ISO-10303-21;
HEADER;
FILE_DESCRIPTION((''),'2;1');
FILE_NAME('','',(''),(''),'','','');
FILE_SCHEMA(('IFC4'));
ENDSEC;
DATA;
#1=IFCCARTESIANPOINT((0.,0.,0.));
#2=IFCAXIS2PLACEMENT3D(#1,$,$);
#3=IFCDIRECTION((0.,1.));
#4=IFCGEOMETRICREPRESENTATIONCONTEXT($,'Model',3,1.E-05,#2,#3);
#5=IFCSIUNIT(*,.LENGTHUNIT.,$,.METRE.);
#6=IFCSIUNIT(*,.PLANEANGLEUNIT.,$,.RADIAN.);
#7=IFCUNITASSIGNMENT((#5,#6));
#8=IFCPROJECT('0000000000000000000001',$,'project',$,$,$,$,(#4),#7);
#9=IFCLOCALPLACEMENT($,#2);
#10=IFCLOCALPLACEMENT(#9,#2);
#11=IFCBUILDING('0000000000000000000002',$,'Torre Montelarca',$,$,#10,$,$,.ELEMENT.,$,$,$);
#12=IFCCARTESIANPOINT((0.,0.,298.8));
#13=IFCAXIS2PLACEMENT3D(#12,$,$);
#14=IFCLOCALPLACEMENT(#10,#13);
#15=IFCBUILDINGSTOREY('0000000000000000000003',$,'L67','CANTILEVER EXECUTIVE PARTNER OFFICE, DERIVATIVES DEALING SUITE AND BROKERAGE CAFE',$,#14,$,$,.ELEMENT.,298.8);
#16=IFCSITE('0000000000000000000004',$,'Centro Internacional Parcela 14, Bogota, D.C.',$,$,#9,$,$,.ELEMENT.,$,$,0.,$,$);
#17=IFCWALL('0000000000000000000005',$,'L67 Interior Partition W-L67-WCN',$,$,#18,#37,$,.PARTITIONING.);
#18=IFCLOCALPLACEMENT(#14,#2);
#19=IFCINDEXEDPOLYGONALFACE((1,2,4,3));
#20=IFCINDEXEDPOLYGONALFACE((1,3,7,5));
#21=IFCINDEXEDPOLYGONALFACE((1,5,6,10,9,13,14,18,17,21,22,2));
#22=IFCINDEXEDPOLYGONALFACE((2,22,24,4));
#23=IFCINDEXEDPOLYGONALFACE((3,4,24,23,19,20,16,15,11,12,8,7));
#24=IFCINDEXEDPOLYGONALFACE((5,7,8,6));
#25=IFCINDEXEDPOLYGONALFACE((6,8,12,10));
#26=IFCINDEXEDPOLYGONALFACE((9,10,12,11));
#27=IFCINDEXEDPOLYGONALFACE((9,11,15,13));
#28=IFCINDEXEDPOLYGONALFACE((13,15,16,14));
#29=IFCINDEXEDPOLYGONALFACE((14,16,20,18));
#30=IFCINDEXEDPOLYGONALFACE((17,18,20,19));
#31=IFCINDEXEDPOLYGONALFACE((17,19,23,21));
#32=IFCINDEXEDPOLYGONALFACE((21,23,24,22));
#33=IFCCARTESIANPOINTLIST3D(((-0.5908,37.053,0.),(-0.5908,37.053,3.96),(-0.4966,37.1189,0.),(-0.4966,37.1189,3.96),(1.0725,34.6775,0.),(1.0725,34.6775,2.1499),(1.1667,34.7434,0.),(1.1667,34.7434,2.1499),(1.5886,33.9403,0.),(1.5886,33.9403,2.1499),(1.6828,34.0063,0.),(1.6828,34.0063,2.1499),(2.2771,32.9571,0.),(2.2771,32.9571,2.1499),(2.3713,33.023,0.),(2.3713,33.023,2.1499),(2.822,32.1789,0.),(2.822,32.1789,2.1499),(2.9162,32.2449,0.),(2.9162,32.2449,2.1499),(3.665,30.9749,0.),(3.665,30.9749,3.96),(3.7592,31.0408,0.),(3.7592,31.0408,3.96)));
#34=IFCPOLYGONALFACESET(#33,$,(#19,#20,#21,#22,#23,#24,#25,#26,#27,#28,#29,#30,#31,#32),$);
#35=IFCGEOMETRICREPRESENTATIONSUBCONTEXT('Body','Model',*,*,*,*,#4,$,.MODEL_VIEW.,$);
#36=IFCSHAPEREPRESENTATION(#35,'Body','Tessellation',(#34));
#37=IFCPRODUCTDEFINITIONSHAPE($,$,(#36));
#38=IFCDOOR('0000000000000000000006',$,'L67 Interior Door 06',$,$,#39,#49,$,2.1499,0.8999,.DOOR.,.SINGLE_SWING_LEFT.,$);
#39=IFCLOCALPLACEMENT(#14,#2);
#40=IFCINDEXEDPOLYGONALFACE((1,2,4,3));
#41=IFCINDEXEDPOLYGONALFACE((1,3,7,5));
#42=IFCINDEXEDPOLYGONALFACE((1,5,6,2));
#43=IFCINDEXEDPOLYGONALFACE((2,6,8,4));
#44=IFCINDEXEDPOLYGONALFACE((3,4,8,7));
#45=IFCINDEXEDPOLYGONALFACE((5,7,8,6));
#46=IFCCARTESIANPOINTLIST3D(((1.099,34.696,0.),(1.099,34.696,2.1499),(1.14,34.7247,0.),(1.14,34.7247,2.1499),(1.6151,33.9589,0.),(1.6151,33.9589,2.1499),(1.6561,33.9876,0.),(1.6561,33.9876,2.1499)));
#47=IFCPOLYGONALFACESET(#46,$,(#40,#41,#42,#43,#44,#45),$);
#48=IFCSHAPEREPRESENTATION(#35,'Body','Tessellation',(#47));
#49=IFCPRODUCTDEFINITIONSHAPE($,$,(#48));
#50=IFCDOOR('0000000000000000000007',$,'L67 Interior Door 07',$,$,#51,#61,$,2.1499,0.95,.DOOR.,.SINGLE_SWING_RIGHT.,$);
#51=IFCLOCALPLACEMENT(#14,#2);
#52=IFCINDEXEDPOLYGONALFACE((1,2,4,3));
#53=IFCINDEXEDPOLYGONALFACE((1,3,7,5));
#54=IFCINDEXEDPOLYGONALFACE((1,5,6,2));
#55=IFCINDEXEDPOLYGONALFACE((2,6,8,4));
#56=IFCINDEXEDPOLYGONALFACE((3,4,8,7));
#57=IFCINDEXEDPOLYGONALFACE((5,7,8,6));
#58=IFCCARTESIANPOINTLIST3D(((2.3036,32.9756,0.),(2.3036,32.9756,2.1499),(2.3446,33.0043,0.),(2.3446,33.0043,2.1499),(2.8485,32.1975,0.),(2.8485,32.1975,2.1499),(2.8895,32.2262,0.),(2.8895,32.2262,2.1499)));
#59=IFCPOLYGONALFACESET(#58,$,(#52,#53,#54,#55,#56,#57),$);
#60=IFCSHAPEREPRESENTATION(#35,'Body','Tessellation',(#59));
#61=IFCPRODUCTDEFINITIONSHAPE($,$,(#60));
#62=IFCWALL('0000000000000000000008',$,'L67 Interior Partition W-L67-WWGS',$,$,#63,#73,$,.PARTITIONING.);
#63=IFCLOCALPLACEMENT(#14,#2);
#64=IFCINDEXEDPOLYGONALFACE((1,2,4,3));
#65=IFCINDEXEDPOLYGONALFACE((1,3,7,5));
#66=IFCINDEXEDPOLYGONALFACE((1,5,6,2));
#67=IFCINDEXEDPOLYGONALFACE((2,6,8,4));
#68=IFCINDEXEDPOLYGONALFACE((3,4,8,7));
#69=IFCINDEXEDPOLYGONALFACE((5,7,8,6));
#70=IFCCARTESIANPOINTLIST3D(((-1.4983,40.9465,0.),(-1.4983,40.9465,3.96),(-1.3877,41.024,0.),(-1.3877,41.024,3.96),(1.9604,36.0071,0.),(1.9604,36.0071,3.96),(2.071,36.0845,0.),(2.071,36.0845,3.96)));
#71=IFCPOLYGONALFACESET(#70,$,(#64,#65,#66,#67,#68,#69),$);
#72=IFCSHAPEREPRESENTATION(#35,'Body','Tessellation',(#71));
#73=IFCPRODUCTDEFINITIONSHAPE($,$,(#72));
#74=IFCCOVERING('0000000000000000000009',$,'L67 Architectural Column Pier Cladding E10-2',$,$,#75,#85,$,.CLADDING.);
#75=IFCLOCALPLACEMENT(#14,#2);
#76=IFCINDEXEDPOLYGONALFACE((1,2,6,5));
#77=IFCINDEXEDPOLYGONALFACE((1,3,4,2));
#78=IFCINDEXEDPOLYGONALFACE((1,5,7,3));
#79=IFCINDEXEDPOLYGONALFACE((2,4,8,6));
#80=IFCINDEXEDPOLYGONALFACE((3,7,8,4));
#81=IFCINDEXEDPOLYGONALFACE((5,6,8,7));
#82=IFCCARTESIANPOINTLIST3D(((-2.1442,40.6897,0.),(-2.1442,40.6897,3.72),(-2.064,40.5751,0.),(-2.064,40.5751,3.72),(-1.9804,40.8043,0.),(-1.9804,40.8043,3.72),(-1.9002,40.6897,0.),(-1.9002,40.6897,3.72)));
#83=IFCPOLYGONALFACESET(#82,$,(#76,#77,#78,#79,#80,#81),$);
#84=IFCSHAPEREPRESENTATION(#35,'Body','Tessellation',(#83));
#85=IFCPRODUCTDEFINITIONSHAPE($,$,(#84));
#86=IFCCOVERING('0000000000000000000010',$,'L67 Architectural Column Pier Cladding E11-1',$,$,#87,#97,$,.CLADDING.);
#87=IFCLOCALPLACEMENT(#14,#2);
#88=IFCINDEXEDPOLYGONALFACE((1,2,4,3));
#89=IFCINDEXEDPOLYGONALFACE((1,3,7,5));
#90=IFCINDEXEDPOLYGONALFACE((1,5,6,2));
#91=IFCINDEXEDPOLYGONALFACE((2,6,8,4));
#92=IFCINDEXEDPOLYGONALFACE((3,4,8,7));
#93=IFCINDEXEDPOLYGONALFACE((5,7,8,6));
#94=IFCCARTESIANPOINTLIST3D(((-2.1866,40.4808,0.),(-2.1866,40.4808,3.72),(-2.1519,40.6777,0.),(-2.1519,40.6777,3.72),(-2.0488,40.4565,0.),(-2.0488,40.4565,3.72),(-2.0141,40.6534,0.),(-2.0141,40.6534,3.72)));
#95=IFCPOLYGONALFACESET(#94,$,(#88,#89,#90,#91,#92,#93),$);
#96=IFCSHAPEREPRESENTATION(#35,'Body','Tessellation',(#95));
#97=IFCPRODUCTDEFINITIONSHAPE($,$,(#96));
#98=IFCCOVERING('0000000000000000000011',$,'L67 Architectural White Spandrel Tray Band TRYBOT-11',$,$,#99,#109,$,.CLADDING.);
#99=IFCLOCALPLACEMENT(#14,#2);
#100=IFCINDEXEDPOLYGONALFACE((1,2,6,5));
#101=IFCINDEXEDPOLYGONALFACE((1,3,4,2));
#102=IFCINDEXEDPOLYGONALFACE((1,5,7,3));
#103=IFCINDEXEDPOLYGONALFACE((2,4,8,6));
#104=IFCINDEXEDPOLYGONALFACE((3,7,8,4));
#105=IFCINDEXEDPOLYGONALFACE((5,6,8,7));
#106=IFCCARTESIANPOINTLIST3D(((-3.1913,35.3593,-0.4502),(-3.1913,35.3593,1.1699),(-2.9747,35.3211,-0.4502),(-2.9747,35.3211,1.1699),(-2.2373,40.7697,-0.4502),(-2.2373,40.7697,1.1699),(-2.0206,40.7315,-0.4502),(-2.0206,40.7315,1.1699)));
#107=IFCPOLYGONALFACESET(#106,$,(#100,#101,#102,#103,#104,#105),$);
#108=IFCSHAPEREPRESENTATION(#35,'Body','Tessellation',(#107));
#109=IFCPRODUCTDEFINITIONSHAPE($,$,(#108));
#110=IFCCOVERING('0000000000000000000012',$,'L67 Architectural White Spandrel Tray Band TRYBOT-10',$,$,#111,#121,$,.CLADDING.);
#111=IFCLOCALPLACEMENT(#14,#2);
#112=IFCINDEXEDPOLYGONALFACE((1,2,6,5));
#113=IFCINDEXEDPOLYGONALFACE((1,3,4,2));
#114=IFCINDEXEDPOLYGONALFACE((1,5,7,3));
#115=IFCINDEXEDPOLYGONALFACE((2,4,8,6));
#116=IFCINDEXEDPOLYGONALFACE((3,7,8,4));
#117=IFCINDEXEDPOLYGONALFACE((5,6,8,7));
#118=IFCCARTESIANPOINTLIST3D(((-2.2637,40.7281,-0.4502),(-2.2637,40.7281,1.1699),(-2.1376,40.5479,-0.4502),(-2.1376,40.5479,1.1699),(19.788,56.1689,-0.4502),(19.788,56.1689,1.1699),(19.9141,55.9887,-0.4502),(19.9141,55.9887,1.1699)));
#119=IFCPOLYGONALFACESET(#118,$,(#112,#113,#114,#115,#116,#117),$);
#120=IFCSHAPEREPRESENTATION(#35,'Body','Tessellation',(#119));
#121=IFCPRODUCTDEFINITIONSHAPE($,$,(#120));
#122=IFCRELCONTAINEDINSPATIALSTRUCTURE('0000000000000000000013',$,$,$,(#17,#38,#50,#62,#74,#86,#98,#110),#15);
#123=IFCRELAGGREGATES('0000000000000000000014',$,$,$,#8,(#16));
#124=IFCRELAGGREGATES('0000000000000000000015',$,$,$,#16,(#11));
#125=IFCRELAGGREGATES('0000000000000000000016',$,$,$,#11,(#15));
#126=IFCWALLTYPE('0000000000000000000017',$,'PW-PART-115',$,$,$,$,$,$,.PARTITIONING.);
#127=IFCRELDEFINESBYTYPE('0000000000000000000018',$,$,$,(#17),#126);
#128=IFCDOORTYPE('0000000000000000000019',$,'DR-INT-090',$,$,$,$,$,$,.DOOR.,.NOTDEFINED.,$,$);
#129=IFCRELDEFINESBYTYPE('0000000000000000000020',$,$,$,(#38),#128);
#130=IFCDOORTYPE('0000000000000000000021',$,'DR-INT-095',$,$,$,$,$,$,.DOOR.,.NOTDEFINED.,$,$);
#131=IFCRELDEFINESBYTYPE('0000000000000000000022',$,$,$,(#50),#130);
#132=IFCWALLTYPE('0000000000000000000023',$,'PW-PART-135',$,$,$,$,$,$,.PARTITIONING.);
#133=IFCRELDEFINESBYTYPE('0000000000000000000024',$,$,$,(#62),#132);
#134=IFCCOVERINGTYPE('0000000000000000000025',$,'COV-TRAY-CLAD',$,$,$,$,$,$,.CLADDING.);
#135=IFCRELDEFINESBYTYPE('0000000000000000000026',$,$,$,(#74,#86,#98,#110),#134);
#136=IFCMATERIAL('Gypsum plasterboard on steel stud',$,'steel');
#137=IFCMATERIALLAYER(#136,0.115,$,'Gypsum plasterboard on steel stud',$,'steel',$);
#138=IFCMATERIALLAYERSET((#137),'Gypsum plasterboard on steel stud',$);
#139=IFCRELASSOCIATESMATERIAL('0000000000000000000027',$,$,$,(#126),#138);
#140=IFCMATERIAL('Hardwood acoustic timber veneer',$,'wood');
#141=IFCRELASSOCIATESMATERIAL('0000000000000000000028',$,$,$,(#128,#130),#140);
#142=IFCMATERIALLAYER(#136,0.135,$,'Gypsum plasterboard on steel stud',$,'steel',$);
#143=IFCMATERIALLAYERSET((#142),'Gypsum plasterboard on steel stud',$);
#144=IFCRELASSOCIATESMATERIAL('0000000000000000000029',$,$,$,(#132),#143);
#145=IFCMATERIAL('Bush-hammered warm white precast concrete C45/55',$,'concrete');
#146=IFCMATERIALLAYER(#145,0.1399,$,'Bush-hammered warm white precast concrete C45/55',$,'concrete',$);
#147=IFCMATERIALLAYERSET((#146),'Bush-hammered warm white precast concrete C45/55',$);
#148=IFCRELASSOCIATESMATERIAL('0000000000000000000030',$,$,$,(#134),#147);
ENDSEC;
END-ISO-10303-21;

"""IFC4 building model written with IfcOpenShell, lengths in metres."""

from ifc_helpers import new_model, si_unit, direction, frame, frame_2d, origin, origin_2d, place, context, subcontext, project, spatial, rectangle, extrude, source, transform, mapped, material, layer, layer_set, type_object, element, fill, save


model = new_model("IFC4")

# Units and contexts
model_context = context("Model", 3, precision=1e-05, world=origin(), true_north=direction((0.0, 1.0)))
body_context = subcontext(model_context, "Body", "Model", "MODEL_VIEW")
ifc_project = project(units=[si_unit("LENGTHUNIT", "METRE"), si_unit("PLANEANGLEUNIT", "RADIAN")], contexts=[model_context])

# Site, building, storey
site_placement = place(None, origin())
site = spatial("IfcSite", under=ifc_project, at=site_placement, Name="Centro Internacional Parcela 14, Bogota, D.C.", CompositionType="ELEMENT", RefElevation=0.0)
building_placement = place(site_placement, origin())
building = spatial("IfcBuilding", under=site, at=building_placement, Name="Torre Montelarca", CompositionType="ELEMENT")
storey_placement = place(building_placement, frame((0.0, 0.0, 298.8)))
storey = spatial("IfcBuildingStorey", under=building, at=storey_placement, Name="L67", Description="CANTILEVER EXECUTIVE PARTNER OFFICE, DERIVATIVES DEALING SUITE AND BROKERAGE CAFE", CompositionType="ELEMENT", Elevation=298.8)

# Shared definitions
ifc_material_1 = material(Name="Gypsum plasterboard on steel stud", Category="steel")

# Wall, openings, doors
ifc_layer_1 = layer(ifc_material_1, 0.115, Name="Gypsum plasterboard on steel stud", Category="steel")
ifc_layer_set_1 = layer_set([ifc_layer_1], Name="Gypsum plasterboard on steel stud")
wall_type_1 = type_object("IfcWallType", Name="PW-PART-115", PredefinedType="PARTITIONING", material=ifc_layer_set_1)
wall_1_placement = place(storey_placement, frame((-0.5437, 37.0859, 0.0), z_axis=(0.0, 0.0, 1.0), x_axis=(0.573568, -0.819158, 0.0)))
wall_1 = element("IfcWall", 1, at=wall_1_placement, inside=storey, type_object=wall_type_1, Name="L67 Interior Partition W-L67-WCN", PredefinedType="PARTITIONING", context=body_context, shape_type="SweptSolid", body=[
    extrude(rectangle(XDim=7.4199, YDim=0.115, at=frame_2d((3.71, 0.0))), origin(), (0.0, 0.0, 1.0), 3.96),
])
opening_1_placement = place(wall_1_placement, frame((2.8999, 0.0, 0.0)))
opening_1 = element("IfcOpeningElement", 2, at=opening_1_placement, cuts=wall_1, PredefinedType="OPENING", context=body_context, shape_type="SweptSolid", body=[
    extrude(rectangle(XDim=0.8999, YDim=2.1499, at=frame_2d((0.45, 1.075))), frame((0.0, 0.0674, 0.0), z_axis=(0.0, -1.0, 0.0), x_axis=(1.0, 0.0, 0.0)), (0.0, 0.0, 1.0), 0.135),
])
opening_2_placement = place(wall_1_placement, frame((5.0, 0.0, 0.0)))
opening_2 = element("IfcOpeningElement", 3, at=opening_2_placement, cuts=wall_1, PredefinedType="OPENING", context=body_context, shape_type="SweptSolid", body=[
    extrude(rectangle(XDim=0.95, YDim=2.1499, at=frame_2d((0.4751, 1.075))), frame((0.0, 0.0674, 0.0), z_axis=(0.0, -1.0, 0.0), x_axis=(1.0, 0.0, 0.0)), (0.0, 0.0, 1.0), 0.135),
])
ifc_material_2 = material(Name="Hardwood acoustic timber veneer", Category="wood")
door_type_1 = type_object("IfcDoorType", Name="DR-INT-090", OperationType="NOTDEFINED", PredefinedType="DOOR", material=ifc_material_2)
shared_shape_1 = source(origin(), body_context, "Body", "SweptSolid", [
    extrude(rectangle(XDim=0.8999, YDim=2.1499, at=frame_2d((0.45, 1.075))), frame((0.0, 0.0249, 0.0), z_axis=(0.0, -1.0, 0.0), x_axis=(1.0, 0.0, 0.0)), (0.0, 0.0, 1.0), 0.05),
])
door_1_placement = place(opening_1_placement, origin())
door_1 = element("IfcDoor", 4, at=door_1_placement, inside=storey, type_object=door_type_1, Name="L67 Interior Door 06", OperationType="SINGLE_SWING_LEFT", OverallHeight=2.1499, OverallWidth=0.8999, PredefinedType="DOOR", context=body_context, shape_type="MappedRepresentation", body=[
    mapped(shared_shape_1, transform((0.0, 0.0, 0.0), scale=1.0)),
])
fill(opening_1, door_1)
door_type_2 = type_object("IfcDoorType", Name="DR-INT-095", OperationType="NOTDEFINED", PredefinedType="DOOR", material=ifc_material_2)
shared_shape_2 = source(origin(), body_context, "Body", "SweptSolid", [
    extrude(rectangle(XDim=0.95, YDim=2.1499, at=frame_2d((0.4751, 1.075))), frame((0.0, 0.0249, 0.0), z_axis=(0.0, -1.0, 0.0), x_axis=(1.0, 0.0, 0.0)), (0.0, 0.0, 1.0), 0.05),
])
door_2_placement = place(opening_2_placement, origin())
door_2 = element("IfcDoor", 5, at=door_2_placement, inside=storey, type_object=door_type_2, Name="L67 Interior Door 07", OperationType="SINGLE_SWING_RIGHT", OverallHeight=2.1499, OverallWidth=0.95, PredefinedType="DOOR", context=body_context, shape_type="MappedRepresentation", body=[
    mapped(shared_shape_2, transform((0.0, 0.0, 0.0), scale=1.0)),
])
fill(opening_2, door_2)

# Wall
ifc_layer_2 = layer(ifc_material_1, 0.135, Name="Gypsum plasterboard on steel stud", Category="steel")
ifc_layer_set_2 = layer_set([ifc_layer_2], Name="Gypsum plasterboard on steel stud")
wall_type_2 = type_object("IfcWallType", Name="PW-PART-135", PredefinedType="PARTITIONING", material=ifc_layer_set_2)
wall_2_placement = place(storey_placement, frame((-1.4431, 40.9854, 0.0), z_axis=(0.0, 0.0, 1.0), x_axis=(0.573587, -0.819144, 0.0)))
element("IfcWall", 6, at=wall_2_placement, inside=storey, type_object=wall_type_2, Name="L67 Interior Partition W-L67-WWGS", PredefinedType="PARTITIONING", context=body_context, shape_type="SweptSolid", body=[
    extrude(rectangle(XDim=6.03, YDim=0.135, at=frame_2d((3.0151, 0.0))), origin(), (0.0, 0.0, 1.0), 3.96),
])

# Coverings
ifc_material_3 = material(Name="Bush-hammered warm white precast concrete C45/55", Category="concrete")
ifc_layer_3 = layer(ifc_material_3, 0.1399, Name="Bush-hammered warm white precast concrete C45/55", Category="concrete")
ifc_layer_set_3 = layer_set([ifc_layer_3], Name="Bush-hammered warm white precast concrete C45/55")
covering_type = type_object("IfcCoveringType", Name="COV-TRAY-CLAD", PredefinedType="CLADDING", material=ifc_layer_set_3)
shared_shape_3 = source(origin(), body_context, "Body", "SweptSolid", [
    extrude(rectangle(XDim=0.2, YDim=0.1399, at=origin_2d()), origin(), (0.0, 0.0, 1.0), 3.72),
])
for number, where, z_axis, x_axis, name in (
    (7, (-2.0222, 40.6897, 0.0), (0.0, 0.0, 1.0), (-0.819153, -0.573575, 0.0), "L67 Architectural Column Pier Cladding E10-2"),
    (8, (-2.1003, 40.5671, 0.0), (0.0, 0.0, 1.0), (-0.173646, -0.984808, 0.0), "L67 Architectural Column Pier Cladding E11-1"),
):
    element("IfcCovering", number, at=place(storey_placement, frame(where, z_axis=z_axis, x_axis=x_axis)), inside=storey, type_object=covering_type, Name=name, PredefinedType="CLADDING", context=body_context, shape_type="MappedRepresentation", body=[
        mapped(shared_shape_3, transform((0.0, 0.0, 0.0), scale=1.0)),
    ])
shared_shape_4 = source(origin(), body_context, "Body", "SweptSolid", [
    extrude(rectangle(XDim=5.4939, YDim=0.22, at=origin_2d()), origin(), (0.0, 0.0, 1.0), 1.6201),
])
covering_1_placement = place(storey_placement, frame((-2.606, 38.0454, -0.4502), z_axis=(0.0, 0.0, 1.0), x_axis=(-0.173653, -0.984807, 0.0)))
element("IfcCovering", 9, at=covering_1_placement, inside=storey, type_object=covering_type, Name="L67 Architectural White Spandrel Tray Band TRYBOT-11", PredefinedType="CLADDING", context=body_context, shape_type="MappedRepresentation", body=[
    mapped(shared_shape_4, transform((0.0, 0.0, 0.0), scale=1.0)),
])
shared_shape_5 = source(origin(), body_context, "Body", "SweptSolid", [
    extrude(rectangle(XDim=26.9202, YDim=0.22, at=origin_2d()), origin(), (0.0, 0.0, 1.0), 1.6201),
])
covering_2_placement = place(storey_placement, frame((8.8252, 48.3584, -0.4502), z_axis=(0.0, 0.0, 1.0), x_axis=(-0.819151, -0.573578, 0.0)))
element("IfcCovering", 10, at=covering_2_placement, inside=storey, type_object=covering_type, Name="L67 Architectural White Spandrel Tray Band TRYBOT-10", PredefinedType="CLADDING", context=body_context, shape_type="MappedRepresentation", body=[
    mapped(shared_shape_5, transform((0.0, 0.0, 0.0), scale=1.0)),
])

save(model, "model.ifc")
